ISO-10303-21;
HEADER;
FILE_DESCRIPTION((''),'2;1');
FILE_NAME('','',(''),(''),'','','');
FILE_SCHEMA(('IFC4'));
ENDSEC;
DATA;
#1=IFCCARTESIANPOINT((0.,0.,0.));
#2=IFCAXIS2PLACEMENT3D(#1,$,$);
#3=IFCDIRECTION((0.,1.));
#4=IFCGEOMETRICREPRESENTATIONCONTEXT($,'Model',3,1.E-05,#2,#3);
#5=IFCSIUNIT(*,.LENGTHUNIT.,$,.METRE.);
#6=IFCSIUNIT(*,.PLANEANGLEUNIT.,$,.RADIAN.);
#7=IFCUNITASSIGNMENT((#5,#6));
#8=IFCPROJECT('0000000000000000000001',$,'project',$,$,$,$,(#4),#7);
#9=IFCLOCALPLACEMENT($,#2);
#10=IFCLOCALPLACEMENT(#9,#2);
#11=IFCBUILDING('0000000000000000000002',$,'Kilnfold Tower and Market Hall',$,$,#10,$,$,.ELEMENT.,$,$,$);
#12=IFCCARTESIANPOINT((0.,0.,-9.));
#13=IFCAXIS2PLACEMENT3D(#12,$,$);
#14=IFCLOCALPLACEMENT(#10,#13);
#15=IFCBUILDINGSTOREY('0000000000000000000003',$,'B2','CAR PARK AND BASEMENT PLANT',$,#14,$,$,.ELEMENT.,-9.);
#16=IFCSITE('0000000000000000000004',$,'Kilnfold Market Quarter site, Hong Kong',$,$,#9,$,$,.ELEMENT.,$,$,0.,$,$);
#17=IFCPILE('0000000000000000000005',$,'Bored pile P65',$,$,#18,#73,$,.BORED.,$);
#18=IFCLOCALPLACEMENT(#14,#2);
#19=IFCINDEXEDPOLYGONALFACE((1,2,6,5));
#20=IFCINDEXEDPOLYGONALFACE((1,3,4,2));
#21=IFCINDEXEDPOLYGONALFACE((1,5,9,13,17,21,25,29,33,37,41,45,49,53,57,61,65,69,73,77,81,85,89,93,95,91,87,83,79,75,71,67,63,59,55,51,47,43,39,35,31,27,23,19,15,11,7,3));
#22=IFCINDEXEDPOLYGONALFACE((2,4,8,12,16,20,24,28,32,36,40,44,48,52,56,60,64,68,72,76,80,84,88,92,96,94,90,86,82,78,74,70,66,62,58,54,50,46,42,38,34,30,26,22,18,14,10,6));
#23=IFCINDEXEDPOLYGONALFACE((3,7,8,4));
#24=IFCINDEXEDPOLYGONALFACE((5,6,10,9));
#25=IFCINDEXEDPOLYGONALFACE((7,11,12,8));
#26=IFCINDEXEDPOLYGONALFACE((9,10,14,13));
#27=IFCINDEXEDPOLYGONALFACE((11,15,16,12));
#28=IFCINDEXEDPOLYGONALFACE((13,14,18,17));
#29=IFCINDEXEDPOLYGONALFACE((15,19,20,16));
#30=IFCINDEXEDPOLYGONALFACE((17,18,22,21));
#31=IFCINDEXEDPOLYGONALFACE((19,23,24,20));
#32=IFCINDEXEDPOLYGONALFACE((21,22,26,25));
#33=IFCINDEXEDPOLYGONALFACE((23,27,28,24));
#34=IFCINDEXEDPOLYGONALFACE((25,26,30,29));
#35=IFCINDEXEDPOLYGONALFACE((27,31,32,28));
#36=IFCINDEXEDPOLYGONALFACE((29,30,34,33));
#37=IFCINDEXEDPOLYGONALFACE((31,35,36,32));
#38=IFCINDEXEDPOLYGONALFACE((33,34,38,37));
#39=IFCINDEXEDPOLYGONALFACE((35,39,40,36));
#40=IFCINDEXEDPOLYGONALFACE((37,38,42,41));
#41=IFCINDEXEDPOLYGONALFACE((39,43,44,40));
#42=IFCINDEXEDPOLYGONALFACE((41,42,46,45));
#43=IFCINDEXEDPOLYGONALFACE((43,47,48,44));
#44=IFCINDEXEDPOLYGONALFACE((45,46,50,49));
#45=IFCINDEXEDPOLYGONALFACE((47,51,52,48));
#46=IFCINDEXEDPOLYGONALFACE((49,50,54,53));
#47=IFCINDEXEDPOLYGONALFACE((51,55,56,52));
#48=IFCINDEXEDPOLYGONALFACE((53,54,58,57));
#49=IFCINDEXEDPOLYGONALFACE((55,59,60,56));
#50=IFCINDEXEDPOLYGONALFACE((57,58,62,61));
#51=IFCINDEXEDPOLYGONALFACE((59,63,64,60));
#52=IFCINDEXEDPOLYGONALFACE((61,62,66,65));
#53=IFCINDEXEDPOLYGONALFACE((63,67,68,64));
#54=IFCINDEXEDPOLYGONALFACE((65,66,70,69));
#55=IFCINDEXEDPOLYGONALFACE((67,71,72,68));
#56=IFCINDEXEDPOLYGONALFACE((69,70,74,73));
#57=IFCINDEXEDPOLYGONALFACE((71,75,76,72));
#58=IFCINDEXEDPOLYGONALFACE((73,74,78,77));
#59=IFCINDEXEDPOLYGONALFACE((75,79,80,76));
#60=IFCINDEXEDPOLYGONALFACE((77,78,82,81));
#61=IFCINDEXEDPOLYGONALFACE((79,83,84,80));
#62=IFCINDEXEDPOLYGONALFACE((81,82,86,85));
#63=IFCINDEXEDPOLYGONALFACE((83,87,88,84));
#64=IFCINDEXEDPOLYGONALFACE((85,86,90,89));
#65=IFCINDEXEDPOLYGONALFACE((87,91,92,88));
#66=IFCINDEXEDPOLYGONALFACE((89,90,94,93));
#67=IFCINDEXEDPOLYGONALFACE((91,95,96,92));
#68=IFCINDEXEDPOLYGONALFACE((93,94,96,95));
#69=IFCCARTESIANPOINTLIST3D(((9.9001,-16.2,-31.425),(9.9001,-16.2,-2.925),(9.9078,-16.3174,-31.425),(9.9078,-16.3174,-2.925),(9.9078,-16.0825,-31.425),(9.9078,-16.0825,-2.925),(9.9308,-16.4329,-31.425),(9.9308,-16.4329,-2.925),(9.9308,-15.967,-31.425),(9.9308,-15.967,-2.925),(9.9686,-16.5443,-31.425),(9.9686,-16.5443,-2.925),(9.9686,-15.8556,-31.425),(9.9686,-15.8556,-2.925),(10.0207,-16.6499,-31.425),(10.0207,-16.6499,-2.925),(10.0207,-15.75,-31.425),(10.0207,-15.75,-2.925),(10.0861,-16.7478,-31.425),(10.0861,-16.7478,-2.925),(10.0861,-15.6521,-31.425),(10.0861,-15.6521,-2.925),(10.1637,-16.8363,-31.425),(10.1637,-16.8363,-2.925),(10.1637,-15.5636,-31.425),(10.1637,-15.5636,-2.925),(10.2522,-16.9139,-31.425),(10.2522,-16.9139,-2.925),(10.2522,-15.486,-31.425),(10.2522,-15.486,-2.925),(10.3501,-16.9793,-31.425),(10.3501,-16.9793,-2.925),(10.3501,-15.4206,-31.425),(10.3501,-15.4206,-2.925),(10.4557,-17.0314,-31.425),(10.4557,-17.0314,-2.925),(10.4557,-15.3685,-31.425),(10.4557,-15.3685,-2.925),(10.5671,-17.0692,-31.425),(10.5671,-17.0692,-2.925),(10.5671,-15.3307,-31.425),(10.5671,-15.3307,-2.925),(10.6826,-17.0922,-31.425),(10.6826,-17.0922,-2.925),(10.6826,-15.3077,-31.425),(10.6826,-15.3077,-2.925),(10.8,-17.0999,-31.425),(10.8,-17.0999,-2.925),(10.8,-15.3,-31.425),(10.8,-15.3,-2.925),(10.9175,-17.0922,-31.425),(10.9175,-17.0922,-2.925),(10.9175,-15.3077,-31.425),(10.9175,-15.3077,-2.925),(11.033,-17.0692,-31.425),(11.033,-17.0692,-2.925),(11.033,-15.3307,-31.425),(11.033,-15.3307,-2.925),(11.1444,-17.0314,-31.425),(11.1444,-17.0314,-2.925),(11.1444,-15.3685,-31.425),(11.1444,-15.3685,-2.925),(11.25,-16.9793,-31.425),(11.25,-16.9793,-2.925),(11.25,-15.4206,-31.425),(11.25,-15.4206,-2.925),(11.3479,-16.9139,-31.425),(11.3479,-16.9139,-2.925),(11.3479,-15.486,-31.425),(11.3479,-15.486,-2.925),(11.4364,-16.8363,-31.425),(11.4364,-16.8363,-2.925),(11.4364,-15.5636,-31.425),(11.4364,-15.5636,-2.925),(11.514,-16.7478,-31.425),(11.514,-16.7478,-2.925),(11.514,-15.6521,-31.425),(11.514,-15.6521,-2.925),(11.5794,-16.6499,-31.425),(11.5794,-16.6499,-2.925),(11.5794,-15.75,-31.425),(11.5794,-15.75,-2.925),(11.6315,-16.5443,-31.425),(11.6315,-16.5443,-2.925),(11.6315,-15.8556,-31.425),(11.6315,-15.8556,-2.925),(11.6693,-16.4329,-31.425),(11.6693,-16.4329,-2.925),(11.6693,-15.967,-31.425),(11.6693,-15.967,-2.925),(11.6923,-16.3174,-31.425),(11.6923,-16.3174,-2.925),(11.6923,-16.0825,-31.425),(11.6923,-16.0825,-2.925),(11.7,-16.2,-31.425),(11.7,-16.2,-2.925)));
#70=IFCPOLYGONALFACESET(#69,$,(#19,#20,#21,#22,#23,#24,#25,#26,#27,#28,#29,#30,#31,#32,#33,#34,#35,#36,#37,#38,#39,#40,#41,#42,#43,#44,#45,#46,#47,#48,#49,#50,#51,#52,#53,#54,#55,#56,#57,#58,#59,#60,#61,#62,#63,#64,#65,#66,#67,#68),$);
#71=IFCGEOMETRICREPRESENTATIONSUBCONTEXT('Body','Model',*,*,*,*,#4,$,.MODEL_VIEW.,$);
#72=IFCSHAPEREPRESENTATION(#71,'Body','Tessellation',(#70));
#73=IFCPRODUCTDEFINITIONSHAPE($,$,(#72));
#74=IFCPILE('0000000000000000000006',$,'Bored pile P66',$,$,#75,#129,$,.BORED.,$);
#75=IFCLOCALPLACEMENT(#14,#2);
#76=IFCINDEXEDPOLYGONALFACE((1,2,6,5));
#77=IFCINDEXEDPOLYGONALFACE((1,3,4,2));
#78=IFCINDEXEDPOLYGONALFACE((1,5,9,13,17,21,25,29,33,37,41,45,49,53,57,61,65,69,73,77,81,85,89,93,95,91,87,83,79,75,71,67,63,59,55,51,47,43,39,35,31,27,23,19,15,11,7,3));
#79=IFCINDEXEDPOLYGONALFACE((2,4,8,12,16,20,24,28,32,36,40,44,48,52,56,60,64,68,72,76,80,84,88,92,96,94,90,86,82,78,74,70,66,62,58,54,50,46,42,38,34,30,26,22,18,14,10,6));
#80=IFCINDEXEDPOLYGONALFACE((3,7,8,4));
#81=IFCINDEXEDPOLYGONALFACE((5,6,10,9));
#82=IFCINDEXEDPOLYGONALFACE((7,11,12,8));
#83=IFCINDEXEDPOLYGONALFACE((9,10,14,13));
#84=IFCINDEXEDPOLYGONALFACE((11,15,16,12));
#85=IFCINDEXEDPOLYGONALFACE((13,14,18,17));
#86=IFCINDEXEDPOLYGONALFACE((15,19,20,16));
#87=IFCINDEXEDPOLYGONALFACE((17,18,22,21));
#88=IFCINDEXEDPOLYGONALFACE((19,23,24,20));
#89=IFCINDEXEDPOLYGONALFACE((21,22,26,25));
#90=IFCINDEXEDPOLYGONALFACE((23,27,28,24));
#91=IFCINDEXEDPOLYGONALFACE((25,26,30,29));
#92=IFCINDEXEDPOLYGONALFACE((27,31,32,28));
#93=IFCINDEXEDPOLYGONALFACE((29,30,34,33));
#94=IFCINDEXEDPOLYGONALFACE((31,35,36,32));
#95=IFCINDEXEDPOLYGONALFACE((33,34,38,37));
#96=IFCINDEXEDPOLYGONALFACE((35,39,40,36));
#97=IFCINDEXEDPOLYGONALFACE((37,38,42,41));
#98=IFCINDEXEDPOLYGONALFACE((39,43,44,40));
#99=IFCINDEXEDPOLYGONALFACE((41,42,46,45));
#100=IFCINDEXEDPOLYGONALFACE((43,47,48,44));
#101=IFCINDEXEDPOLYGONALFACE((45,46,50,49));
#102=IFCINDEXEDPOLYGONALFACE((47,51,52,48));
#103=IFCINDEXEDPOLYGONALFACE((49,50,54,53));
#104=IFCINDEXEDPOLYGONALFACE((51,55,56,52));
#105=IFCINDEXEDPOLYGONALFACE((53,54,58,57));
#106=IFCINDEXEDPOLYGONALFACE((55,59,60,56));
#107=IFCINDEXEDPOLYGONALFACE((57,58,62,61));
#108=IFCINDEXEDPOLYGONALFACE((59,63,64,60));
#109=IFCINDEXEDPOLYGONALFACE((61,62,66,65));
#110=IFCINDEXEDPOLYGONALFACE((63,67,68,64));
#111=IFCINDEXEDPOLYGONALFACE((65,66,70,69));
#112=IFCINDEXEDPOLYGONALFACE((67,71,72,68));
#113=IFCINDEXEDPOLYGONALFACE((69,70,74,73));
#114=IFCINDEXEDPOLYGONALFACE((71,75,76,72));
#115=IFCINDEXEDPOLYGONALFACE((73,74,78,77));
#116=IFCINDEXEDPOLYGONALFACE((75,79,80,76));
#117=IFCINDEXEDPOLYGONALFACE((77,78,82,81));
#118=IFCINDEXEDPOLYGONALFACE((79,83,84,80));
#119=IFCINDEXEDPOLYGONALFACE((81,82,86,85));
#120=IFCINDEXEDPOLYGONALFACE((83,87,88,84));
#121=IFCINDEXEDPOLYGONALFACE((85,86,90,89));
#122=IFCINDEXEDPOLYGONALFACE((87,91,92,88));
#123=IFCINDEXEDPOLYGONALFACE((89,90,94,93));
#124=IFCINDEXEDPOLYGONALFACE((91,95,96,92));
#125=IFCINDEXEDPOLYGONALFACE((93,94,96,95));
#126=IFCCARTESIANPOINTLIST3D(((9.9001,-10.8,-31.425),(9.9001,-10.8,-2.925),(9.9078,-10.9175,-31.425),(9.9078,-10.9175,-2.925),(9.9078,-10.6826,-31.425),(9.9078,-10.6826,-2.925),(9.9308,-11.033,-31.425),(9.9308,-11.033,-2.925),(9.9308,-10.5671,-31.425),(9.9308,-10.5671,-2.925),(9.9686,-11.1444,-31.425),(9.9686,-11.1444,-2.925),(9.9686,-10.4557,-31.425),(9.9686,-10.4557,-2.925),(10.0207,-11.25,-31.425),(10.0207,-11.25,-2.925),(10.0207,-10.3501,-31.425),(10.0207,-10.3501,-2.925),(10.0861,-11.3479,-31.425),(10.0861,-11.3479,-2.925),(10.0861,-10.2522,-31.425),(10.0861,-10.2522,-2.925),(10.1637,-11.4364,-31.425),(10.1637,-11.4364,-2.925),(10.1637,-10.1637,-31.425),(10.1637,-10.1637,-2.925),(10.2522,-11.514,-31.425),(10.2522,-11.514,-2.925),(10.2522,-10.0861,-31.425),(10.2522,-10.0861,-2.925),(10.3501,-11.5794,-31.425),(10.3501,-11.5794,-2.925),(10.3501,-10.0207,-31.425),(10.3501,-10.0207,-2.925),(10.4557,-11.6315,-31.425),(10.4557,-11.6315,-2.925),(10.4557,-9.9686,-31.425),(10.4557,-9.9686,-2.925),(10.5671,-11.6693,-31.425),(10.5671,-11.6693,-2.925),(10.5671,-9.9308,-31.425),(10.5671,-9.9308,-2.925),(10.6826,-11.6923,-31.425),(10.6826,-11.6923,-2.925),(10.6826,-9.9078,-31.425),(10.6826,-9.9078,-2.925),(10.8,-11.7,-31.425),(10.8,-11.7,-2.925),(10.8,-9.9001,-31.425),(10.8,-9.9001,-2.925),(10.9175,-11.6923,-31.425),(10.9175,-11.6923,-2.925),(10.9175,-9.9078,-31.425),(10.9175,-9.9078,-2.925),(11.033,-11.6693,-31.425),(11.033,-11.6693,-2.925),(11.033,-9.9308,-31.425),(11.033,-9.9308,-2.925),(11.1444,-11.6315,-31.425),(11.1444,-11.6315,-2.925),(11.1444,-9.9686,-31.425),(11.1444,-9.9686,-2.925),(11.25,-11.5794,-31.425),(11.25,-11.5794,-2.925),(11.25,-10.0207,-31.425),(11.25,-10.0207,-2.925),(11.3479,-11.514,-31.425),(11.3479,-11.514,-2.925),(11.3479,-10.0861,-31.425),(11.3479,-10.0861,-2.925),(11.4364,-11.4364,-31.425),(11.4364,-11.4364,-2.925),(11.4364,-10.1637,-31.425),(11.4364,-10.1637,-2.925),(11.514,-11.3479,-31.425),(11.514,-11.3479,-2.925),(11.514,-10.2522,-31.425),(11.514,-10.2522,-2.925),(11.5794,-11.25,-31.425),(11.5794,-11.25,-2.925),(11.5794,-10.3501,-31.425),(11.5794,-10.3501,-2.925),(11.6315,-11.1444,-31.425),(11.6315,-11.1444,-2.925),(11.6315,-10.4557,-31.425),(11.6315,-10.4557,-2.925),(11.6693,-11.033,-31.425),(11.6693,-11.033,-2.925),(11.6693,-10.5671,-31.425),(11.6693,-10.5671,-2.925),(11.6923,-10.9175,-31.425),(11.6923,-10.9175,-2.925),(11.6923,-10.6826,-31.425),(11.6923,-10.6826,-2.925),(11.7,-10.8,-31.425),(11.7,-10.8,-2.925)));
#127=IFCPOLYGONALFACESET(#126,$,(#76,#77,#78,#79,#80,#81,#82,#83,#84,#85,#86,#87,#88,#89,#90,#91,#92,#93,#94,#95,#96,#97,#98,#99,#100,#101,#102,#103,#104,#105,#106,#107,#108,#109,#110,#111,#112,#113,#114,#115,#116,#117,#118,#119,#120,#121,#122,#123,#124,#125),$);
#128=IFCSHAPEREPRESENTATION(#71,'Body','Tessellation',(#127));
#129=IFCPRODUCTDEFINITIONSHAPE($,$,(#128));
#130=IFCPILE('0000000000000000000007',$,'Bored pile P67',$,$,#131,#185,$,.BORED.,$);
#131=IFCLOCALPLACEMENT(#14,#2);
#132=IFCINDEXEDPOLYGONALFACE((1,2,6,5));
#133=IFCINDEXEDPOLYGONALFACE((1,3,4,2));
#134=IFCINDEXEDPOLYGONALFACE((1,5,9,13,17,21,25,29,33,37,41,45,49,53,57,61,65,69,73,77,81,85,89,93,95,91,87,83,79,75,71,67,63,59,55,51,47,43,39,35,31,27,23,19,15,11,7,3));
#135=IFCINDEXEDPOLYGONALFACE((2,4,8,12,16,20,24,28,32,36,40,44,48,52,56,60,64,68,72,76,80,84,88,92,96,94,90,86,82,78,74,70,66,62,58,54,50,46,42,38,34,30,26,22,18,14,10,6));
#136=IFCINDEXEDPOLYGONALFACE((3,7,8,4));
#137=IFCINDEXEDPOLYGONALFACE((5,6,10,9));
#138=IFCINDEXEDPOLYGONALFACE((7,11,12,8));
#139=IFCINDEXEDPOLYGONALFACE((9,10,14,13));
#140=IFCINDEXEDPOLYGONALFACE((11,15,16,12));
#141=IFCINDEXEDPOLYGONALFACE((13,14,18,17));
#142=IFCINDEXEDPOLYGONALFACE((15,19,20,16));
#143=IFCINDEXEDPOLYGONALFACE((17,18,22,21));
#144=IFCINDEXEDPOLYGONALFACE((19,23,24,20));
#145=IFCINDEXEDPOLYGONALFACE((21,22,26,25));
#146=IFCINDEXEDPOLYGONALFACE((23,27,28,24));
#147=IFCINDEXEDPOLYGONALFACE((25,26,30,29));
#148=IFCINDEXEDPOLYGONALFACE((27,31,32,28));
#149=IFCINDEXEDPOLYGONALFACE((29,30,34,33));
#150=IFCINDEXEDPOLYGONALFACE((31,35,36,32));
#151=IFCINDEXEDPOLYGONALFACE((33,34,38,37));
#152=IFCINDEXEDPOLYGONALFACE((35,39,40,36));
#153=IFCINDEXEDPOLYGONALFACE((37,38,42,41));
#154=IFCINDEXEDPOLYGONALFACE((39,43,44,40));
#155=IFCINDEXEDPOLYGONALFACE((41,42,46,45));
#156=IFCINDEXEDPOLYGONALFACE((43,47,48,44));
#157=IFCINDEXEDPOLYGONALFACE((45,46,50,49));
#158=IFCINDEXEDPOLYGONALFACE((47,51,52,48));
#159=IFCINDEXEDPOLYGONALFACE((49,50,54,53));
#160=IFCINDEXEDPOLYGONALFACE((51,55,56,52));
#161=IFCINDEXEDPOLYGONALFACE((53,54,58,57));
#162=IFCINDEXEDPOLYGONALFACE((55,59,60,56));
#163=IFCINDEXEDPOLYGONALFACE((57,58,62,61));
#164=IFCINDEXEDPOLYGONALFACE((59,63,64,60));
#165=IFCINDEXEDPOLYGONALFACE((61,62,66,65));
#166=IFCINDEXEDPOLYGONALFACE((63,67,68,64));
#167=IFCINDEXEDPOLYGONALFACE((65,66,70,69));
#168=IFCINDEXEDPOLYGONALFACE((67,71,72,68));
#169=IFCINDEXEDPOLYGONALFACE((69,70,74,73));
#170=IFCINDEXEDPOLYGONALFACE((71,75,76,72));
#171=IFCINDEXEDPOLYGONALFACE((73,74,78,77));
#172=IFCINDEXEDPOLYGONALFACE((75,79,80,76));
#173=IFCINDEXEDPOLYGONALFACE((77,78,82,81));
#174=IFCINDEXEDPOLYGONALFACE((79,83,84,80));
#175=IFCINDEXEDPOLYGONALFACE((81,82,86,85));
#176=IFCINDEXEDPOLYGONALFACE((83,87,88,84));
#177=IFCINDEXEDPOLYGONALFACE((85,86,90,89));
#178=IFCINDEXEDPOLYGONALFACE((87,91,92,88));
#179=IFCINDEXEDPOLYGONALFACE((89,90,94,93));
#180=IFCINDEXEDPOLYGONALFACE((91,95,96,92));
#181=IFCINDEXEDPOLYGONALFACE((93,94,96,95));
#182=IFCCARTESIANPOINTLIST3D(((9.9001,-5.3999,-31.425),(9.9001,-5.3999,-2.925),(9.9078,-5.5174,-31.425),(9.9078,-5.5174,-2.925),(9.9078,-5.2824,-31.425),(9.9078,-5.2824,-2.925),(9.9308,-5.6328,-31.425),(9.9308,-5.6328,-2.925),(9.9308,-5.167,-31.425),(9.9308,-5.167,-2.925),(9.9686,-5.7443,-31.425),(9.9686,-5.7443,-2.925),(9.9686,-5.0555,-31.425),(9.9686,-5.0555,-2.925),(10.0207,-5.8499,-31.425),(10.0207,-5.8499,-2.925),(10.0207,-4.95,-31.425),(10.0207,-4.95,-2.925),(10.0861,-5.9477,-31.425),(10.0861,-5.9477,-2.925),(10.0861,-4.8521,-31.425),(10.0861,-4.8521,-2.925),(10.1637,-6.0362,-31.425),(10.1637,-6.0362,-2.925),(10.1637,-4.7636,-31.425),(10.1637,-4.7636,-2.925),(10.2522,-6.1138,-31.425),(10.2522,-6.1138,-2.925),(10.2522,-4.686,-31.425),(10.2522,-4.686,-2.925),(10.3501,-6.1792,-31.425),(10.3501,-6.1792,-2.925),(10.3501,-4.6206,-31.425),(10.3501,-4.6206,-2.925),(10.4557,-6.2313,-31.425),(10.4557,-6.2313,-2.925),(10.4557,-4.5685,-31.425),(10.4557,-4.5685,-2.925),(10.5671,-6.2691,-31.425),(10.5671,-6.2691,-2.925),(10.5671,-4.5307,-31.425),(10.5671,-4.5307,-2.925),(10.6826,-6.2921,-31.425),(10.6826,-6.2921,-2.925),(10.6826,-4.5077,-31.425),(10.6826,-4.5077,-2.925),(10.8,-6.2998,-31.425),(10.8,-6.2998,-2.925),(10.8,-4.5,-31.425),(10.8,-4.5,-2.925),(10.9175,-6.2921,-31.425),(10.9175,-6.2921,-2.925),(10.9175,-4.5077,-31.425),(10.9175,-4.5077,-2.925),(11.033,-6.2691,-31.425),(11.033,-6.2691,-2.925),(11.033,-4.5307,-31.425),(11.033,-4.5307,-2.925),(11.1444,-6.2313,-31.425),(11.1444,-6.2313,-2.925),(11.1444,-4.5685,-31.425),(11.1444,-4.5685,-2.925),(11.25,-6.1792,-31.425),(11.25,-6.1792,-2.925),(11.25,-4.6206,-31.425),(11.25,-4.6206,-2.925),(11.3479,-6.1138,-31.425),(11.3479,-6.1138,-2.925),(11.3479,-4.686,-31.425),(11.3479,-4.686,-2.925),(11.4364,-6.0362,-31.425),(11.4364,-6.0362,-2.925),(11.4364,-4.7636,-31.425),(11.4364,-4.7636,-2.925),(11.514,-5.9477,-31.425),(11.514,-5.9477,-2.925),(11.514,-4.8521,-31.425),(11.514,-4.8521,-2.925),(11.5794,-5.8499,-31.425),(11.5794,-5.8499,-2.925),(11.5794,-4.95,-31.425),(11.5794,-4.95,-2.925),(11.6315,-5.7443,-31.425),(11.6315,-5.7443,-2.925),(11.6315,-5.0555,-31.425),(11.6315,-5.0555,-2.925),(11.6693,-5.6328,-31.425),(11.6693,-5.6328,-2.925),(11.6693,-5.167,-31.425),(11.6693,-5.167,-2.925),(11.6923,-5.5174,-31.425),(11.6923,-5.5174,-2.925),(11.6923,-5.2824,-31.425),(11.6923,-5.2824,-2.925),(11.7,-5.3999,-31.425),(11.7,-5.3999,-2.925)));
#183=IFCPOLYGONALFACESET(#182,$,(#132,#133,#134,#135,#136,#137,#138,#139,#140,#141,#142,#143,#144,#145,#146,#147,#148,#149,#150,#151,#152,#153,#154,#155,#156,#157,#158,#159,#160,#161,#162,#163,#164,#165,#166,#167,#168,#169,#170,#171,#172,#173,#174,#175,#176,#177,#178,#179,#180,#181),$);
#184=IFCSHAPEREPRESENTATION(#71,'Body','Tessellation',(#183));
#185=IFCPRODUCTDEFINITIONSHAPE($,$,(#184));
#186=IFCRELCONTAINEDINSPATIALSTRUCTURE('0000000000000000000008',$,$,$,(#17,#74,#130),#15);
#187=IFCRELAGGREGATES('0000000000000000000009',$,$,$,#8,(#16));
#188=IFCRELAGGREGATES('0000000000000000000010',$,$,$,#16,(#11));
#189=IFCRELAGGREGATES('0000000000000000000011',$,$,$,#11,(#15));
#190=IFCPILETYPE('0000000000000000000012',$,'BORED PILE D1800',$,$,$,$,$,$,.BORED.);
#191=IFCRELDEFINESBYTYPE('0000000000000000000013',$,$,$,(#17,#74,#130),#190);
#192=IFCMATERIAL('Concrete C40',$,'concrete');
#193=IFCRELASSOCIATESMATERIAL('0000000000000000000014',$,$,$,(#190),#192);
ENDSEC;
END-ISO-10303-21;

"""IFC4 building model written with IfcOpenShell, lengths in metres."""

from ifc_helpers import new_model, si_unit, direction, frame, origin, origin_2d, place, context, subcontext, project, spatial, circle, extrude, source, transform, mapped, material, material_profile, profile_set, type_object, element, save


model = new_model("IFC4")

# Units and contexts
model_context = context("Model", 3, precision=1e-05, world=origin(), true_north=direction((0.0, 1.0)))
body_context = subcontext(model_context, "Body", "Model", "MODEL_VIEW")
ifc_project = project(units=[si_unit("LENGTHUNIT", "METRE"), si_unit("PLANEANGLEUNIT", "RADIAN")], contexts=[model_context])

# Site, building, storey
site_placement = place(None, origin())
site = spatial("IfcSite", under=ifc_project, at=site_placement, Name="Kilnfold Market Quarter site, Hong Kong", CompositionType="ELEMENT", RefElevation=0.0)
building_placement = place(site_placement, origin())
building = spatial("IfcBuilding", under=site, at=building_placement, Name="Kilnfold Tower and Market Hall", CompositionType="ELEMENT")
storey_placement = place(building_placement, frame((0.0, 0.0, -9.0)))
storey = spatial("IfcBuildingStorey", under=building, at=storey_placement, Name="B2", Description="CAR PARK AND BASEMENT PLANT", CompositionType="ELEMENT", Elevation=-9.0)

# Piles
ifc_material_1 = material(Name="Concrete C40", Category="concrete")
ifc_material_profile_1 = material_profile(ifc_material_1, circle(Radius=0.8999, at=origin_2d()), Name="RC D1800")
ifc_profile_set_1 = profile_set([ifc_material_profile_1], Name="Concrete C40")
pile_type = type_object("IfcPileType", Name="BORED PILE D1800", PredefinedType="BORED", material=ifc_profile_set_1)
shared_shape_1 = source(origin(), body_context, "Body", "SweptSolid", [
    extrude(circle(Radius=0.8999, at=origin_2d()), origin(), (0.0, 0.0, 1.0), 28.5),
])
for number, where, z_axis, x_axis, name in (
    (1, (10.8, -16.2, -2.925), (0.0, 0.0, -1.0), (1.0, 0.0, 0.0), "Bored pile P65"),
    (2, (10.8, -10.8, -2.925), (0.0, 0.0, -1.0), (1.0, 0.0, 0.0), "Bored pile P66"),
    (3, (10.8, -5.3999, -2.925), (0.0, 0.0, -1.0), (1.0, 0.0, 0.0), "Bored pile P67"),
):
    element("IfcPile", number, at=place(storey_placement, frame(where, z_axis=z_axis, x_axis=x_axis)), inside=storey, type_object=pile_type, Name=name, PredefinedType="BORED", context=body_context, shape_type="MappedRepresentation", body=[
        mapped(shared_shape_1, transform((0.0, 0.0, 0.0))),
    ])

save(model, "model.ifc")
